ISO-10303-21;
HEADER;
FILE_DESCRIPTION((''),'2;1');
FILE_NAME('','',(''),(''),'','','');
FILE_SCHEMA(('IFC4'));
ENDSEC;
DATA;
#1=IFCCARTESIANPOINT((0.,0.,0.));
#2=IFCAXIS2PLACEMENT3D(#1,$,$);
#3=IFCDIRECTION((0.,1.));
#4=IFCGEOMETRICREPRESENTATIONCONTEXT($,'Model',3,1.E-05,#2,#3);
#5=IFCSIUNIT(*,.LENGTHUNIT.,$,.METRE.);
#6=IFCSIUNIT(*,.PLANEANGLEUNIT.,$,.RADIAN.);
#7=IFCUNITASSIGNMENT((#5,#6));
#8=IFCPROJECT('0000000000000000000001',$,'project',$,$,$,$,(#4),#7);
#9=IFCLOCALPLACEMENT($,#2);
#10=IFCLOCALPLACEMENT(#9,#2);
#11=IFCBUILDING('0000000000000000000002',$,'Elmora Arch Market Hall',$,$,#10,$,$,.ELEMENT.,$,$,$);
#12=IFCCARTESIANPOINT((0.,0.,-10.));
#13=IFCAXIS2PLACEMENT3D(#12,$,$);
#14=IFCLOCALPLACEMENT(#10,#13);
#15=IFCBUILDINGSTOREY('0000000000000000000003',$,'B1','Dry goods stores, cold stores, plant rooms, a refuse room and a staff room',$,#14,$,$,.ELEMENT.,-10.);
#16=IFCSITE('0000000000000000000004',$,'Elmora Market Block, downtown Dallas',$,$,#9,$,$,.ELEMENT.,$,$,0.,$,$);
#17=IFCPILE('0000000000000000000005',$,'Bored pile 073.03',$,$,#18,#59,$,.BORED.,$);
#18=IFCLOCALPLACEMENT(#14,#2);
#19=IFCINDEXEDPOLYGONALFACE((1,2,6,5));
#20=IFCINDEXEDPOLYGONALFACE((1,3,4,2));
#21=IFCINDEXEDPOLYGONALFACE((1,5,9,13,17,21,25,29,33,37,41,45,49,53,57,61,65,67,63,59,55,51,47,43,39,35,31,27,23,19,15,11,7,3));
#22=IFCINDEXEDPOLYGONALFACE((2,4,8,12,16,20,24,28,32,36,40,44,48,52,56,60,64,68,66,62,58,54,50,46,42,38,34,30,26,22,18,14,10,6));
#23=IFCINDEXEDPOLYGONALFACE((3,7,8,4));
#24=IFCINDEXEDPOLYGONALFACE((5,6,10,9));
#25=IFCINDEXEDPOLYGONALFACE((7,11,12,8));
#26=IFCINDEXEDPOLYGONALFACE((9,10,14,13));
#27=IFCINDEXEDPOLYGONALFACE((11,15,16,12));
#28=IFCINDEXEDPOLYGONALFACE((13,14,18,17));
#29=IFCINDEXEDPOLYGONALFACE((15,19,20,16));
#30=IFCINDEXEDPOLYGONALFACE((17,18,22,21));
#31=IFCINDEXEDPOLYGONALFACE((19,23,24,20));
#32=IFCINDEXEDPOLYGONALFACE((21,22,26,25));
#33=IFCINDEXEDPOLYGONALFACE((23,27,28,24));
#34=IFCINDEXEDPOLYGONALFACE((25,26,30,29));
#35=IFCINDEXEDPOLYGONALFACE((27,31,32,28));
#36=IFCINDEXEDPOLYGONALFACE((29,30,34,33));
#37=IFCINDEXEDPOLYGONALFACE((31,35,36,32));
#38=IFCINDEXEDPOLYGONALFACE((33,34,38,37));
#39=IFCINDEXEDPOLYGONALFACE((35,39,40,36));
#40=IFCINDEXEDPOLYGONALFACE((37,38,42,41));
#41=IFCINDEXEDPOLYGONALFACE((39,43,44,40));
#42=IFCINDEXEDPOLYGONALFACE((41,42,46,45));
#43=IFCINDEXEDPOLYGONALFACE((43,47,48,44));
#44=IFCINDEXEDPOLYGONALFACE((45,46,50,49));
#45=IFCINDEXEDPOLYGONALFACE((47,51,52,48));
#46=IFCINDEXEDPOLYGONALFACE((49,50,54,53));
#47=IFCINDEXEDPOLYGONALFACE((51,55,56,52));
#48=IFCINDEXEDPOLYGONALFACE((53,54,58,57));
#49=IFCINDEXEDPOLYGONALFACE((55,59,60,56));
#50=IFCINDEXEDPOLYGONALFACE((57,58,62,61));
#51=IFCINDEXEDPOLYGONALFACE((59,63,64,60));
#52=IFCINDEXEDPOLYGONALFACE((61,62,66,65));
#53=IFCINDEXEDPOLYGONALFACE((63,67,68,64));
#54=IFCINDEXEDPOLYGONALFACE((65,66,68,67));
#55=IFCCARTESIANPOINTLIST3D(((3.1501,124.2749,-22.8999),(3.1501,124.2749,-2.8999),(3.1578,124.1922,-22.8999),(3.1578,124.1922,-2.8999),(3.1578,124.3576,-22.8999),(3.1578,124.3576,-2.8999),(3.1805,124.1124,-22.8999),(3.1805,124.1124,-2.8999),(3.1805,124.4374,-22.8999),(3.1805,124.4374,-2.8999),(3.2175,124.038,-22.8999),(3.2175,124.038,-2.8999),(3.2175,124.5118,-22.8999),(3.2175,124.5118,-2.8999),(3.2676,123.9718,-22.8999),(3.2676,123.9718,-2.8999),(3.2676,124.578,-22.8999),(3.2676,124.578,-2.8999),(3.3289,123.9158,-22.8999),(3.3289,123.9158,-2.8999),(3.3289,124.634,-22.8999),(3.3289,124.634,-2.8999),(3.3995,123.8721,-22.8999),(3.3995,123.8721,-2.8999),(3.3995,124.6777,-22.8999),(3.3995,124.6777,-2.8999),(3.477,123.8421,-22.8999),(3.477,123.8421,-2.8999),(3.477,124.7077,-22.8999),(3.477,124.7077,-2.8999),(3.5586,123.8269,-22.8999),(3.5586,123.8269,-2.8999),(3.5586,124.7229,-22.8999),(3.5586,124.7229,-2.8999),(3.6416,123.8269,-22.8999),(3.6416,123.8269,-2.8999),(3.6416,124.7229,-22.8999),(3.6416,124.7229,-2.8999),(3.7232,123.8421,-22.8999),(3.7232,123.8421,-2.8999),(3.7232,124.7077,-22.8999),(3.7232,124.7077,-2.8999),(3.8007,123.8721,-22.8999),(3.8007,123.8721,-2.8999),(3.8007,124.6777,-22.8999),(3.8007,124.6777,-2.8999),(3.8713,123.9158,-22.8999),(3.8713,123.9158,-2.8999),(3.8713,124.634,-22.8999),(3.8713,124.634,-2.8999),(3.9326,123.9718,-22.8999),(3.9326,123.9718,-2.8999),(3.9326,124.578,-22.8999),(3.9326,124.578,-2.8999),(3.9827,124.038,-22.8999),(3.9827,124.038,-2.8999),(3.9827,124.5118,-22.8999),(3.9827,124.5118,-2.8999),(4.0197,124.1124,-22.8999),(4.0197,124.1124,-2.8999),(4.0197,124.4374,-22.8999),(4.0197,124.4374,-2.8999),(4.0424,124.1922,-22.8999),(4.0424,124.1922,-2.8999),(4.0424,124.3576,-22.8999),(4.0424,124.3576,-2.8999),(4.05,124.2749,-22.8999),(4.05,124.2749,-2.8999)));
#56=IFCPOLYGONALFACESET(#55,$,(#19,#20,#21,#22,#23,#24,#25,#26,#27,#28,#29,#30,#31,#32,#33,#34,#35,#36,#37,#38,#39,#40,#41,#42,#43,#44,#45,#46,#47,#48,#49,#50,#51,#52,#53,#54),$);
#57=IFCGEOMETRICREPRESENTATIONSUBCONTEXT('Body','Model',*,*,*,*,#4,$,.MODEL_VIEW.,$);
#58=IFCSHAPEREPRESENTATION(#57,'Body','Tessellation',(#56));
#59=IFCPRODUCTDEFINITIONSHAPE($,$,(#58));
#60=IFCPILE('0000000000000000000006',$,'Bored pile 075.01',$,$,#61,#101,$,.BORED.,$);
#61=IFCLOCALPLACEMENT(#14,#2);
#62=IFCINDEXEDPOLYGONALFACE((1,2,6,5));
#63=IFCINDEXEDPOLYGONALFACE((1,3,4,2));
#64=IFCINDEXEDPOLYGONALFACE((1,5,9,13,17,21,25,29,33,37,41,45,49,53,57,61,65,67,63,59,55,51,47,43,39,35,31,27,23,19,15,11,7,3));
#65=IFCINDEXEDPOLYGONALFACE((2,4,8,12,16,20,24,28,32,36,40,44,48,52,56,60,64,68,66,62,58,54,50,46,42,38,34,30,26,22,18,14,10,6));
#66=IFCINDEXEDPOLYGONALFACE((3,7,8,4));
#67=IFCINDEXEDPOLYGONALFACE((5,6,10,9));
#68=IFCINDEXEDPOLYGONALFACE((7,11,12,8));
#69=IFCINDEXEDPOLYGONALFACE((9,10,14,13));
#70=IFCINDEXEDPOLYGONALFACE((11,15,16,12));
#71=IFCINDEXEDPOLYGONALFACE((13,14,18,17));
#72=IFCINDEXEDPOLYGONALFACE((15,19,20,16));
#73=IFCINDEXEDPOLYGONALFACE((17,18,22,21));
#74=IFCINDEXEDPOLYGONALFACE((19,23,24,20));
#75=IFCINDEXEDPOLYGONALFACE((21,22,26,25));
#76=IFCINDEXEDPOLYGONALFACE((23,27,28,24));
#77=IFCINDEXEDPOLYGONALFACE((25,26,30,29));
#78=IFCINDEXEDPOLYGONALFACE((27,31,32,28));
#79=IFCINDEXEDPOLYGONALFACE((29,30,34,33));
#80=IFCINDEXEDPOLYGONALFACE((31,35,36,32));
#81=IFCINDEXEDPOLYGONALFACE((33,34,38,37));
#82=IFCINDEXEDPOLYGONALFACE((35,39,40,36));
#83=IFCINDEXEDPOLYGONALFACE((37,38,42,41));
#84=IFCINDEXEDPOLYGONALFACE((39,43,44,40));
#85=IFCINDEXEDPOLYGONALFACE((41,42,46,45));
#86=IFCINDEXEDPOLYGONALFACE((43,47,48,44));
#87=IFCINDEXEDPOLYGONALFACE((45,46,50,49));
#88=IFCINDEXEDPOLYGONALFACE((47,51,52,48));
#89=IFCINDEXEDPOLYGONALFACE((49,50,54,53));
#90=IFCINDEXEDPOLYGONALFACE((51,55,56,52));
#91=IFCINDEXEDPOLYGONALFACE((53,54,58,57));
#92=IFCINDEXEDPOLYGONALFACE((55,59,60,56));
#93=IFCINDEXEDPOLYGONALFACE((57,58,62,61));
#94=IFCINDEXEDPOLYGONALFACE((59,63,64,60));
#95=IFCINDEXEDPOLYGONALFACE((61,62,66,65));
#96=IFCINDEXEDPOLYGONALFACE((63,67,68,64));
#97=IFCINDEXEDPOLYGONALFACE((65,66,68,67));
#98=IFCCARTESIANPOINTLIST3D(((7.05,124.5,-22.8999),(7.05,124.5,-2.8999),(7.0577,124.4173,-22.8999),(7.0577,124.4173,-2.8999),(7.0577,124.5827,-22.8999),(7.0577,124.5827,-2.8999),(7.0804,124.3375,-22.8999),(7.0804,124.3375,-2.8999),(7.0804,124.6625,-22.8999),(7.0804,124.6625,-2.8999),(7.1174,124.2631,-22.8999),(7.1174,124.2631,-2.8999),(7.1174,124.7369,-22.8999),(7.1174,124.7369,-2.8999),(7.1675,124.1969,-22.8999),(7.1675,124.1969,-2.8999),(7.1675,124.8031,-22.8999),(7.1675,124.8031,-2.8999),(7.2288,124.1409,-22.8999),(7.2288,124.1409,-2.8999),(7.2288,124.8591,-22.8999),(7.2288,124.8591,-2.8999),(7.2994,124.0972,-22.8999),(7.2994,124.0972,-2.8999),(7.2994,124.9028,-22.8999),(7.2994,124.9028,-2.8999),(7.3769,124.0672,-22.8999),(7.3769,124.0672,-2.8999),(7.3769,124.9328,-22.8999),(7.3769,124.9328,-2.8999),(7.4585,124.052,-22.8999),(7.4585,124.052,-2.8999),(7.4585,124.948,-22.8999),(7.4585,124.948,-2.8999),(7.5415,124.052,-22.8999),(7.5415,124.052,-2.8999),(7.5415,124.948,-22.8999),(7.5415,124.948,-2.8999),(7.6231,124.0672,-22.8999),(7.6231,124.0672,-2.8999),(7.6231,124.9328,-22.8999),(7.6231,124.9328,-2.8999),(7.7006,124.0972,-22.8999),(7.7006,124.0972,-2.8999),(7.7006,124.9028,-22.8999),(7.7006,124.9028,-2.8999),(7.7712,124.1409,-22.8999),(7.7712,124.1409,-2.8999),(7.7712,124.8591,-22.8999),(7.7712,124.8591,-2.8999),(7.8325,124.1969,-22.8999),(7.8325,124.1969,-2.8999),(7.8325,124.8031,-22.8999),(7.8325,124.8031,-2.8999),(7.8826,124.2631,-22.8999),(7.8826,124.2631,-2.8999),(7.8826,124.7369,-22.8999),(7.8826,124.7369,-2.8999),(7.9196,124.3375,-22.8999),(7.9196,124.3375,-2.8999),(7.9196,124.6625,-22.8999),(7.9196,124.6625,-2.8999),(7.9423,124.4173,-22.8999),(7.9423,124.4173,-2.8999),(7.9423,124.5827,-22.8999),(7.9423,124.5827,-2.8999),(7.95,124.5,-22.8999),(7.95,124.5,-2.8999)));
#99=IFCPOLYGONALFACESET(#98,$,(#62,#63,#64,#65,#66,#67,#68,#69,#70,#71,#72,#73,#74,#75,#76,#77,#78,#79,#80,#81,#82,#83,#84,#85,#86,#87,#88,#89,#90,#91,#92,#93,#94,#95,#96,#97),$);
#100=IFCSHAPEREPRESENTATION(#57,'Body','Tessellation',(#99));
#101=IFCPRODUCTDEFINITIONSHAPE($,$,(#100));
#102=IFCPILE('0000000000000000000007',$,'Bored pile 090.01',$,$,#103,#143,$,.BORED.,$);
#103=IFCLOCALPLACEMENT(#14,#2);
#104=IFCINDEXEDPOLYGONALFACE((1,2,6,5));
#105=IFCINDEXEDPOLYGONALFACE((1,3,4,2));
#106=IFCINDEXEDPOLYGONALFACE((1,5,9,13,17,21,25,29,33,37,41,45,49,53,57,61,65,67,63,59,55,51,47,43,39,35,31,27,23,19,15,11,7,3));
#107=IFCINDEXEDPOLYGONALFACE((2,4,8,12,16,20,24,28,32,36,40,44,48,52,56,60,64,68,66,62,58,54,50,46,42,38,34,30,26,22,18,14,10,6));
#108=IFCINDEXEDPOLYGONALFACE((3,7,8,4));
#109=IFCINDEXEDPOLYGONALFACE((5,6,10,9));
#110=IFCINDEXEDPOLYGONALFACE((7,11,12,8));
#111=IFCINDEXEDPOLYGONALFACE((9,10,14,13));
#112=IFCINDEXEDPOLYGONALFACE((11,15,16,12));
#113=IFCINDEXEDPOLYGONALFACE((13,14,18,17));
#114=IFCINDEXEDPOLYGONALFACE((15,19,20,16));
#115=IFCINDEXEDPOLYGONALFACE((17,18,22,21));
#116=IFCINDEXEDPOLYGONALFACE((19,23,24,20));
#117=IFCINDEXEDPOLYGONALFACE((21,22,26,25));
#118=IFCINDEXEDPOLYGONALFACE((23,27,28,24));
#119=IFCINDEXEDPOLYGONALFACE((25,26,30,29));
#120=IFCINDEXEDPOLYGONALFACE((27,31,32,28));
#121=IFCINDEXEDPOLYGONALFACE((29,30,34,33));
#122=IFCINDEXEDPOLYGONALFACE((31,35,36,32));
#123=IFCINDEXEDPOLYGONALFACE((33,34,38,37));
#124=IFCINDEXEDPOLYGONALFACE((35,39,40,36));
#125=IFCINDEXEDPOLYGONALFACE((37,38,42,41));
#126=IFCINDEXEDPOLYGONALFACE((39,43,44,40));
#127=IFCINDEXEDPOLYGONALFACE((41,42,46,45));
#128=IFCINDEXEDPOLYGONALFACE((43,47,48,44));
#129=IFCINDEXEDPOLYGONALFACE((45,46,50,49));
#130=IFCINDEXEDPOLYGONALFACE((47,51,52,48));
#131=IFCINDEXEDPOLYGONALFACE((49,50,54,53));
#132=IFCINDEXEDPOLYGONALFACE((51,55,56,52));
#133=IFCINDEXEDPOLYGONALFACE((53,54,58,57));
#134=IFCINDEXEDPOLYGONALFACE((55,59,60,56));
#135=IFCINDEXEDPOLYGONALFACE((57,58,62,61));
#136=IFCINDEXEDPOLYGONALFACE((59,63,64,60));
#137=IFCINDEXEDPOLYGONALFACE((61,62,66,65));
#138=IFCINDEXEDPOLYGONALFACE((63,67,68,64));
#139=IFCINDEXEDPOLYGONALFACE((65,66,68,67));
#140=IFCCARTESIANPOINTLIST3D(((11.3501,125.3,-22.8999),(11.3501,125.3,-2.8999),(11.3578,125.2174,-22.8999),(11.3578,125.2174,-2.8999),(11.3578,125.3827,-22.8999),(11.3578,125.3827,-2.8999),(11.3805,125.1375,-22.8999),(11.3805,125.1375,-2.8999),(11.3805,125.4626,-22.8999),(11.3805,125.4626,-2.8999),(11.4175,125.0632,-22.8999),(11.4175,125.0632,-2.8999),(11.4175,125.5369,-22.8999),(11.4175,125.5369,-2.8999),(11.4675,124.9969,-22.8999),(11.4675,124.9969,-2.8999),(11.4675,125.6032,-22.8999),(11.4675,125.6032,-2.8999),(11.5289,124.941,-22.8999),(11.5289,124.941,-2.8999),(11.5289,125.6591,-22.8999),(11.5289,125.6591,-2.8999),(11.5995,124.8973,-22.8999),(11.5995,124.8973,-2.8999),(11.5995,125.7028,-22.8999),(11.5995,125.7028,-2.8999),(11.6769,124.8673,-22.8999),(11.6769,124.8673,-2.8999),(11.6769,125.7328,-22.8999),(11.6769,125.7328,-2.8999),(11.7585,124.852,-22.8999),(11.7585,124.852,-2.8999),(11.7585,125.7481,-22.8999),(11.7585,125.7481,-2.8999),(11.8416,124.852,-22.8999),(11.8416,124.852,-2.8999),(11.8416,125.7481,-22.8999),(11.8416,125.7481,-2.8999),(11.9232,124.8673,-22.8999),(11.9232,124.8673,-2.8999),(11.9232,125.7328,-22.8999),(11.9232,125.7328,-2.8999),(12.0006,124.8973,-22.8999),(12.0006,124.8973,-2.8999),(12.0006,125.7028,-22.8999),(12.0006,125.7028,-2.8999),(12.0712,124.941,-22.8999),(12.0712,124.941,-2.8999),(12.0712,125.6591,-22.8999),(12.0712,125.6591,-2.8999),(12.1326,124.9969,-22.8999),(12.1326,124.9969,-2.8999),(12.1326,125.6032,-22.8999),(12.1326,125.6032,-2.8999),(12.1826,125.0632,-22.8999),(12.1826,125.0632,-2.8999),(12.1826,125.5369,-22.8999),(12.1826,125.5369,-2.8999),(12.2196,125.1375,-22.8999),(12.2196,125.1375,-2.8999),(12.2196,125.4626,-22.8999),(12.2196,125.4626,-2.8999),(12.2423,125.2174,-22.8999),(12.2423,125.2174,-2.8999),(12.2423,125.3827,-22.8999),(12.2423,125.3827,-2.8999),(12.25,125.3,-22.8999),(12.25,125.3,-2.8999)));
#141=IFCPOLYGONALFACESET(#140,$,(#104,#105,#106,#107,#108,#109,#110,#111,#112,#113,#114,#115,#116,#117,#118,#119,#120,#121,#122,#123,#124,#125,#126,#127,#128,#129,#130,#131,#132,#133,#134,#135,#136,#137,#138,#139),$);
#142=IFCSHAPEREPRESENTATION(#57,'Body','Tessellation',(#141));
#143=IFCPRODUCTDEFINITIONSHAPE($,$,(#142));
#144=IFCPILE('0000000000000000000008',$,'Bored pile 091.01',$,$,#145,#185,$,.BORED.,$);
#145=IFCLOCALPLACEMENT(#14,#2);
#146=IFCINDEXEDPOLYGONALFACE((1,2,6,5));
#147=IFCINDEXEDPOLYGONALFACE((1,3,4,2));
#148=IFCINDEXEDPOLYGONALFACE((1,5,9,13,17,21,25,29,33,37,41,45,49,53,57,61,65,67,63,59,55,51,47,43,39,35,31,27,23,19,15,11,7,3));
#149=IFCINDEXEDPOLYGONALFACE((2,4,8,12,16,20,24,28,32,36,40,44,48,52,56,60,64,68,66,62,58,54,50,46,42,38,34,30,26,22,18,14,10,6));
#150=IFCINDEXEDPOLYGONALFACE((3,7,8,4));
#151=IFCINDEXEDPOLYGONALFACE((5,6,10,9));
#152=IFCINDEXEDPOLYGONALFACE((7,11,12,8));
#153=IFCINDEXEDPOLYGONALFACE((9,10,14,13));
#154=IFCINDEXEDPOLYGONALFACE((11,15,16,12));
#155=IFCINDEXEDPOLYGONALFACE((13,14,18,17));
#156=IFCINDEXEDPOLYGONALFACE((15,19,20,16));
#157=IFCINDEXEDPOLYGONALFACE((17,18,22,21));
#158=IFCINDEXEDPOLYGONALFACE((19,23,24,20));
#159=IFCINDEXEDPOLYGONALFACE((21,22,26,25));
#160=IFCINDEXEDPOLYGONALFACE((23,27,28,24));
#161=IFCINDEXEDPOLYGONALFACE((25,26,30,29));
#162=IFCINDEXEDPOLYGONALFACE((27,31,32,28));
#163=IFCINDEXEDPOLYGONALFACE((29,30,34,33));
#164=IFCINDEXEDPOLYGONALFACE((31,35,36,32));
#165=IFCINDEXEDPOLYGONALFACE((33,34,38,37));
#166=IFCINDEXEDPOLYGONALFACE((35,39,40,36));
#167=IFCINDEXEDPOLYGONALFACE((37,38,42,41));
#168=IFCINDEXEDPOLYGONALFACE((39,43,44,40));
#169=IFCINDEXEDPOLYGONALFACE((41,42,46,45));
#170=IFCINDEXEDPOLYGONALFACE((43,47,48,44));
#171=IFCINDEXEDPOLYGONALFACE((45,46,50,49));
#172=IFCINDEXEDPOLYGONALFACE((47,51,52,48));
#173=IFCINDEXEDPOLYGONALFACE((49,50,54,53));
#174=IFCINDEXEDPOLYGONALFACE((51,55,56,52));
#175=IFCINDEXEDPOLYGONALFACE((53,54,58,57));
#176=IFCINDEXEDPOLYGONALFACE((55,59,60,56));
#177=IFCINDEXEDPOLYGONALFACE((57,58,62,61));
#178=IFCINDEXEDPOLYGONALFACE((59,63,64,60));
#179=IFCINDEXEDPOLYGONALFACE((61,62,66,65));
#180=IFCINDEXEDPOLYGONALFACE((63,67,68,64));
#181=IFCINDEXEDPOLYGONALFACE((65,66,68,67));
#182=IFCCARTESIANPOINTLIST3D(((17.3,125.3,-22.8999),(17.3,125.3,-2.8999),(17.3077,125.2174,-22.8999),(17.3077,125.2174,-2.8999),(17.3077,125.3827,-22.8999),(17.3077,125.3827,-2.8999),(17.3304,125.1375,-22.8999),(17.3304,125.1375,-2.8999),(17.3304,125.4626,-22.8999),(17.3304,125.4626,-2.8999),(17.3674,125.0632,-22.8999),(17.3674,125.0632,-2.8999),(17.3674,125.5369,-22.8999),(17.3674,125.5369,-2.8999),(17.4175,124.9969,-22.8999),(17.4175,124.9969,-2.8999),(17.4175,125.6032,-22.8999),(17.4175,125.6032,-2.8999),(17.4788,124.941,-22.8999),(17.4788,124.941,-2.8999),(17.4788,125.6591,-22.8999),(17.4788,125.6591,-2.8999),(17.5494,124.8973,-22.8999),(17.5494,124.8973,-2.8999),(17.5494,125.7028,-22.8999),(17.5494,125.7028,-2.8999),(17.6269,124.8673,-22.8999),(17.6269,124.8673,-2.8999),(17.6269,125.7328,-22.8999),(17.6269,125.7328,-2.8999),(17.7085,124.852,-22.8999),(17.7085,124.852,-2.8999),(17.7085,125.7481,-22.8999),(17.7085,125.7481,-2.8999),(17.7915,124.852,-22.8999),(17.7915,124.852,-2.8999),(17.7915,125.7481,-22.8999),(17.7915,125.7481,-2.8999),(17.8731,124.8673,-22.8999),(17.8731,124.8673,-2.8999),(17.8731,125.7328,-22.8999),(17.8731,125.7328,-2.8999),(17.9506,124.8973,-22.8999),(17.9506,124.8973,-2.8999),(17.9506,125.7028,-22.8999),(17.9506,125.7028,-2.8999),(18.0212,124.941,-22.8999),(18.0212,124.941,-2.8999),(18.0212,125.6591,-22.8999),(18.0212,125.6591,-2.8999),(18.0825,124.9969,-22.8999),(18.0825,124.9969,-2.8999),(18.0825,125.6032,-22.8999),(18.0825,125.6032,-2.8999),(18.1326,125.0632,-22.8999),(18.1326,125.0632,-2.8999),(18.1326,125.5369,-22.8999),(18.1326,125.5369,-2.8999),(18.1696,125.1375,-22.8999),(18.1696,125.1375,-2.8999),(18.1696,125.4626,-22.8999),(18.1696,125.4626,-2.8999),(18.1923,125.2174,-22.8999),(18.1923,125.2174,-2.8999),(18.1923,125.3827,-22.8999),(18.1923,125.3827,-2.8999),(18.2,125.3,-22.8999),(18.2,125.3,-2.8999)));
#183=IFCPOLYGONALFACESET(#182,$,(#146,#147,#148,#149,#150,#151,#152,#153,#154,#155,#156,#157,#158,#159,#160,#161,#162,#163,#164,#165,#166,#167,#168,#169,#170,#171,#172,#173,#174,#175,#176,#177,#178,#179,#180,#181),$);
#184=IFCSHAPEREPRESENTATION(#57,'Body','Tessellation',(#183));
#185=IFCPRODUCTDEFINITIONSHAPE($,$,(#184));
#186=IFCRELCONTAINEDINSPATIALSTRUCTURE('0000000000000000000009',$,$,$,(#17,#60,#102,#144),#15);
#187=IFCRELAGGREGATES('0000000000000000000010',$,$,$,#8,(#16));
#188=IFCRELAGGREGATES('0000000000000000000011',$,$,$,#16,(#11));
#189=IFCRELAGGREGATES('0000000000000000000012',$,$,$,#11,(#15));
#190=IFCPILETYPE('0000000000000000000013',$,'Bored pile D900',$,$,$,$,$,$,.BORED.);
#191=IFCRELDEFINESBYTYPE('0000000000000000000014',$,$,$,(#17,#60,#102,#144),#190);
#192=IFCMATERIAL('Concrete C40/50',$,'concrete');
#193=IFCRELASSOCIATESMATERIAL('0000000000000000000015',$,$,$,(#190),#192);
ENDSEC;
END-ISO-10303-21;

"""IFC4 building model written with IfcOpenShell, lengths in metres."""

from ifc_helpers import new_model, si_unit, direction, frame, origin, origin_2d, place, context, subcontext, project, spatial, circle, extrude, material, material_profile, profile_set, type_object, element, save


model = new_model("IFC4")

# Units and contexts
model_context = context("Model", 3, precision=1e-05, world=origin(), true_north=direction((0.0, 1.0)))
body_context = subcontext(model_context, "Body", "Model", "MODEL_VIEW")
ifc_project = project(units=[si_unit("LENGTHUNIT", "METRE"), si_unit("PLANEANGLEUNIT", "RADIAN")], contexts=[model_context])

# Site, building, storey
site_placement = place(None, origin())
site = spatial("IfcSite", under=ifc_project, at=site_placement, Name="Elmora Market Block, downtown Dallas", CompositionType="ELEMENT", RefElevation=0.0)
building_placement = place(site_placement, origin())
building = spatial("IfcBuilding", under=site, at=building_placement, Name="Elmora Arch Market Hall", CompositionType="ELEMENT")
storey_placement = place(building_placement, frame((0.0, 0.0, -10.0)))
storey = spatial("IfcBuildingStorey", under=building, at=storey_placement, Name="B1", Description="Dry goods stores, cold stores, plant rooms, a refuse room and a staff room", CompositionType="ELEMENT", Elevation=-10.0)

# Piles
ifc_material_1 = material(Name="Concrete C40/50", Category="concrete")
ifc_material_profile_1 = material_profile(ifc_material_1, circle(Radius=0.45, at=origin_2d()), Name="Bored pile D900")
ifc_profile_set_1 = profile_set([ifc_material_profile_1], Name="Concrete C40/50")
pile_type = type_object("IfcPileType", Name="Bored pile D900", PredefinedType="BORED", material=ifc_profile_set_1)
for number, where, z_axis, x_axis, name in (
    (1, (3.6001, 124.2749, -2.8999), (0.0, 0.0, -1.0), (1.0, 0.0, 0.0), "Bored pile 073.03"),
    (2, (7.5, 124.5, -2.8999), (0.0, 0.0, -1.0), (1.0, 0.0, 0.0), "Bored pile 075.01"),
    (3, (11.8, 125.3, -2.8999), (0.0, 0.0, -1.0), (1.0, 0.0, 0.0), "Bored pile 090.01"),
    (4, (17.75, 125.3, -2.8999), (0.0, 0.0, -1.0), (1.0, 0.0, 0.0), "Bored pile 091.01"),
):
    element("IfcPile", number, at=place(storey_placement, frame(where, z_axis=z_axis, x_axis=x_axis)), inside=storey, type_object=pile_type, Name=name, PredefinedType="BORED", context=body_context, shape_type="SweptSolid", body=[
        extrude(circle(Radius=0.45, at=origin_2d()), origin(), (0.0, 0.0, 1.0), 20.0),
    ])

save(model, "model.ifc")
